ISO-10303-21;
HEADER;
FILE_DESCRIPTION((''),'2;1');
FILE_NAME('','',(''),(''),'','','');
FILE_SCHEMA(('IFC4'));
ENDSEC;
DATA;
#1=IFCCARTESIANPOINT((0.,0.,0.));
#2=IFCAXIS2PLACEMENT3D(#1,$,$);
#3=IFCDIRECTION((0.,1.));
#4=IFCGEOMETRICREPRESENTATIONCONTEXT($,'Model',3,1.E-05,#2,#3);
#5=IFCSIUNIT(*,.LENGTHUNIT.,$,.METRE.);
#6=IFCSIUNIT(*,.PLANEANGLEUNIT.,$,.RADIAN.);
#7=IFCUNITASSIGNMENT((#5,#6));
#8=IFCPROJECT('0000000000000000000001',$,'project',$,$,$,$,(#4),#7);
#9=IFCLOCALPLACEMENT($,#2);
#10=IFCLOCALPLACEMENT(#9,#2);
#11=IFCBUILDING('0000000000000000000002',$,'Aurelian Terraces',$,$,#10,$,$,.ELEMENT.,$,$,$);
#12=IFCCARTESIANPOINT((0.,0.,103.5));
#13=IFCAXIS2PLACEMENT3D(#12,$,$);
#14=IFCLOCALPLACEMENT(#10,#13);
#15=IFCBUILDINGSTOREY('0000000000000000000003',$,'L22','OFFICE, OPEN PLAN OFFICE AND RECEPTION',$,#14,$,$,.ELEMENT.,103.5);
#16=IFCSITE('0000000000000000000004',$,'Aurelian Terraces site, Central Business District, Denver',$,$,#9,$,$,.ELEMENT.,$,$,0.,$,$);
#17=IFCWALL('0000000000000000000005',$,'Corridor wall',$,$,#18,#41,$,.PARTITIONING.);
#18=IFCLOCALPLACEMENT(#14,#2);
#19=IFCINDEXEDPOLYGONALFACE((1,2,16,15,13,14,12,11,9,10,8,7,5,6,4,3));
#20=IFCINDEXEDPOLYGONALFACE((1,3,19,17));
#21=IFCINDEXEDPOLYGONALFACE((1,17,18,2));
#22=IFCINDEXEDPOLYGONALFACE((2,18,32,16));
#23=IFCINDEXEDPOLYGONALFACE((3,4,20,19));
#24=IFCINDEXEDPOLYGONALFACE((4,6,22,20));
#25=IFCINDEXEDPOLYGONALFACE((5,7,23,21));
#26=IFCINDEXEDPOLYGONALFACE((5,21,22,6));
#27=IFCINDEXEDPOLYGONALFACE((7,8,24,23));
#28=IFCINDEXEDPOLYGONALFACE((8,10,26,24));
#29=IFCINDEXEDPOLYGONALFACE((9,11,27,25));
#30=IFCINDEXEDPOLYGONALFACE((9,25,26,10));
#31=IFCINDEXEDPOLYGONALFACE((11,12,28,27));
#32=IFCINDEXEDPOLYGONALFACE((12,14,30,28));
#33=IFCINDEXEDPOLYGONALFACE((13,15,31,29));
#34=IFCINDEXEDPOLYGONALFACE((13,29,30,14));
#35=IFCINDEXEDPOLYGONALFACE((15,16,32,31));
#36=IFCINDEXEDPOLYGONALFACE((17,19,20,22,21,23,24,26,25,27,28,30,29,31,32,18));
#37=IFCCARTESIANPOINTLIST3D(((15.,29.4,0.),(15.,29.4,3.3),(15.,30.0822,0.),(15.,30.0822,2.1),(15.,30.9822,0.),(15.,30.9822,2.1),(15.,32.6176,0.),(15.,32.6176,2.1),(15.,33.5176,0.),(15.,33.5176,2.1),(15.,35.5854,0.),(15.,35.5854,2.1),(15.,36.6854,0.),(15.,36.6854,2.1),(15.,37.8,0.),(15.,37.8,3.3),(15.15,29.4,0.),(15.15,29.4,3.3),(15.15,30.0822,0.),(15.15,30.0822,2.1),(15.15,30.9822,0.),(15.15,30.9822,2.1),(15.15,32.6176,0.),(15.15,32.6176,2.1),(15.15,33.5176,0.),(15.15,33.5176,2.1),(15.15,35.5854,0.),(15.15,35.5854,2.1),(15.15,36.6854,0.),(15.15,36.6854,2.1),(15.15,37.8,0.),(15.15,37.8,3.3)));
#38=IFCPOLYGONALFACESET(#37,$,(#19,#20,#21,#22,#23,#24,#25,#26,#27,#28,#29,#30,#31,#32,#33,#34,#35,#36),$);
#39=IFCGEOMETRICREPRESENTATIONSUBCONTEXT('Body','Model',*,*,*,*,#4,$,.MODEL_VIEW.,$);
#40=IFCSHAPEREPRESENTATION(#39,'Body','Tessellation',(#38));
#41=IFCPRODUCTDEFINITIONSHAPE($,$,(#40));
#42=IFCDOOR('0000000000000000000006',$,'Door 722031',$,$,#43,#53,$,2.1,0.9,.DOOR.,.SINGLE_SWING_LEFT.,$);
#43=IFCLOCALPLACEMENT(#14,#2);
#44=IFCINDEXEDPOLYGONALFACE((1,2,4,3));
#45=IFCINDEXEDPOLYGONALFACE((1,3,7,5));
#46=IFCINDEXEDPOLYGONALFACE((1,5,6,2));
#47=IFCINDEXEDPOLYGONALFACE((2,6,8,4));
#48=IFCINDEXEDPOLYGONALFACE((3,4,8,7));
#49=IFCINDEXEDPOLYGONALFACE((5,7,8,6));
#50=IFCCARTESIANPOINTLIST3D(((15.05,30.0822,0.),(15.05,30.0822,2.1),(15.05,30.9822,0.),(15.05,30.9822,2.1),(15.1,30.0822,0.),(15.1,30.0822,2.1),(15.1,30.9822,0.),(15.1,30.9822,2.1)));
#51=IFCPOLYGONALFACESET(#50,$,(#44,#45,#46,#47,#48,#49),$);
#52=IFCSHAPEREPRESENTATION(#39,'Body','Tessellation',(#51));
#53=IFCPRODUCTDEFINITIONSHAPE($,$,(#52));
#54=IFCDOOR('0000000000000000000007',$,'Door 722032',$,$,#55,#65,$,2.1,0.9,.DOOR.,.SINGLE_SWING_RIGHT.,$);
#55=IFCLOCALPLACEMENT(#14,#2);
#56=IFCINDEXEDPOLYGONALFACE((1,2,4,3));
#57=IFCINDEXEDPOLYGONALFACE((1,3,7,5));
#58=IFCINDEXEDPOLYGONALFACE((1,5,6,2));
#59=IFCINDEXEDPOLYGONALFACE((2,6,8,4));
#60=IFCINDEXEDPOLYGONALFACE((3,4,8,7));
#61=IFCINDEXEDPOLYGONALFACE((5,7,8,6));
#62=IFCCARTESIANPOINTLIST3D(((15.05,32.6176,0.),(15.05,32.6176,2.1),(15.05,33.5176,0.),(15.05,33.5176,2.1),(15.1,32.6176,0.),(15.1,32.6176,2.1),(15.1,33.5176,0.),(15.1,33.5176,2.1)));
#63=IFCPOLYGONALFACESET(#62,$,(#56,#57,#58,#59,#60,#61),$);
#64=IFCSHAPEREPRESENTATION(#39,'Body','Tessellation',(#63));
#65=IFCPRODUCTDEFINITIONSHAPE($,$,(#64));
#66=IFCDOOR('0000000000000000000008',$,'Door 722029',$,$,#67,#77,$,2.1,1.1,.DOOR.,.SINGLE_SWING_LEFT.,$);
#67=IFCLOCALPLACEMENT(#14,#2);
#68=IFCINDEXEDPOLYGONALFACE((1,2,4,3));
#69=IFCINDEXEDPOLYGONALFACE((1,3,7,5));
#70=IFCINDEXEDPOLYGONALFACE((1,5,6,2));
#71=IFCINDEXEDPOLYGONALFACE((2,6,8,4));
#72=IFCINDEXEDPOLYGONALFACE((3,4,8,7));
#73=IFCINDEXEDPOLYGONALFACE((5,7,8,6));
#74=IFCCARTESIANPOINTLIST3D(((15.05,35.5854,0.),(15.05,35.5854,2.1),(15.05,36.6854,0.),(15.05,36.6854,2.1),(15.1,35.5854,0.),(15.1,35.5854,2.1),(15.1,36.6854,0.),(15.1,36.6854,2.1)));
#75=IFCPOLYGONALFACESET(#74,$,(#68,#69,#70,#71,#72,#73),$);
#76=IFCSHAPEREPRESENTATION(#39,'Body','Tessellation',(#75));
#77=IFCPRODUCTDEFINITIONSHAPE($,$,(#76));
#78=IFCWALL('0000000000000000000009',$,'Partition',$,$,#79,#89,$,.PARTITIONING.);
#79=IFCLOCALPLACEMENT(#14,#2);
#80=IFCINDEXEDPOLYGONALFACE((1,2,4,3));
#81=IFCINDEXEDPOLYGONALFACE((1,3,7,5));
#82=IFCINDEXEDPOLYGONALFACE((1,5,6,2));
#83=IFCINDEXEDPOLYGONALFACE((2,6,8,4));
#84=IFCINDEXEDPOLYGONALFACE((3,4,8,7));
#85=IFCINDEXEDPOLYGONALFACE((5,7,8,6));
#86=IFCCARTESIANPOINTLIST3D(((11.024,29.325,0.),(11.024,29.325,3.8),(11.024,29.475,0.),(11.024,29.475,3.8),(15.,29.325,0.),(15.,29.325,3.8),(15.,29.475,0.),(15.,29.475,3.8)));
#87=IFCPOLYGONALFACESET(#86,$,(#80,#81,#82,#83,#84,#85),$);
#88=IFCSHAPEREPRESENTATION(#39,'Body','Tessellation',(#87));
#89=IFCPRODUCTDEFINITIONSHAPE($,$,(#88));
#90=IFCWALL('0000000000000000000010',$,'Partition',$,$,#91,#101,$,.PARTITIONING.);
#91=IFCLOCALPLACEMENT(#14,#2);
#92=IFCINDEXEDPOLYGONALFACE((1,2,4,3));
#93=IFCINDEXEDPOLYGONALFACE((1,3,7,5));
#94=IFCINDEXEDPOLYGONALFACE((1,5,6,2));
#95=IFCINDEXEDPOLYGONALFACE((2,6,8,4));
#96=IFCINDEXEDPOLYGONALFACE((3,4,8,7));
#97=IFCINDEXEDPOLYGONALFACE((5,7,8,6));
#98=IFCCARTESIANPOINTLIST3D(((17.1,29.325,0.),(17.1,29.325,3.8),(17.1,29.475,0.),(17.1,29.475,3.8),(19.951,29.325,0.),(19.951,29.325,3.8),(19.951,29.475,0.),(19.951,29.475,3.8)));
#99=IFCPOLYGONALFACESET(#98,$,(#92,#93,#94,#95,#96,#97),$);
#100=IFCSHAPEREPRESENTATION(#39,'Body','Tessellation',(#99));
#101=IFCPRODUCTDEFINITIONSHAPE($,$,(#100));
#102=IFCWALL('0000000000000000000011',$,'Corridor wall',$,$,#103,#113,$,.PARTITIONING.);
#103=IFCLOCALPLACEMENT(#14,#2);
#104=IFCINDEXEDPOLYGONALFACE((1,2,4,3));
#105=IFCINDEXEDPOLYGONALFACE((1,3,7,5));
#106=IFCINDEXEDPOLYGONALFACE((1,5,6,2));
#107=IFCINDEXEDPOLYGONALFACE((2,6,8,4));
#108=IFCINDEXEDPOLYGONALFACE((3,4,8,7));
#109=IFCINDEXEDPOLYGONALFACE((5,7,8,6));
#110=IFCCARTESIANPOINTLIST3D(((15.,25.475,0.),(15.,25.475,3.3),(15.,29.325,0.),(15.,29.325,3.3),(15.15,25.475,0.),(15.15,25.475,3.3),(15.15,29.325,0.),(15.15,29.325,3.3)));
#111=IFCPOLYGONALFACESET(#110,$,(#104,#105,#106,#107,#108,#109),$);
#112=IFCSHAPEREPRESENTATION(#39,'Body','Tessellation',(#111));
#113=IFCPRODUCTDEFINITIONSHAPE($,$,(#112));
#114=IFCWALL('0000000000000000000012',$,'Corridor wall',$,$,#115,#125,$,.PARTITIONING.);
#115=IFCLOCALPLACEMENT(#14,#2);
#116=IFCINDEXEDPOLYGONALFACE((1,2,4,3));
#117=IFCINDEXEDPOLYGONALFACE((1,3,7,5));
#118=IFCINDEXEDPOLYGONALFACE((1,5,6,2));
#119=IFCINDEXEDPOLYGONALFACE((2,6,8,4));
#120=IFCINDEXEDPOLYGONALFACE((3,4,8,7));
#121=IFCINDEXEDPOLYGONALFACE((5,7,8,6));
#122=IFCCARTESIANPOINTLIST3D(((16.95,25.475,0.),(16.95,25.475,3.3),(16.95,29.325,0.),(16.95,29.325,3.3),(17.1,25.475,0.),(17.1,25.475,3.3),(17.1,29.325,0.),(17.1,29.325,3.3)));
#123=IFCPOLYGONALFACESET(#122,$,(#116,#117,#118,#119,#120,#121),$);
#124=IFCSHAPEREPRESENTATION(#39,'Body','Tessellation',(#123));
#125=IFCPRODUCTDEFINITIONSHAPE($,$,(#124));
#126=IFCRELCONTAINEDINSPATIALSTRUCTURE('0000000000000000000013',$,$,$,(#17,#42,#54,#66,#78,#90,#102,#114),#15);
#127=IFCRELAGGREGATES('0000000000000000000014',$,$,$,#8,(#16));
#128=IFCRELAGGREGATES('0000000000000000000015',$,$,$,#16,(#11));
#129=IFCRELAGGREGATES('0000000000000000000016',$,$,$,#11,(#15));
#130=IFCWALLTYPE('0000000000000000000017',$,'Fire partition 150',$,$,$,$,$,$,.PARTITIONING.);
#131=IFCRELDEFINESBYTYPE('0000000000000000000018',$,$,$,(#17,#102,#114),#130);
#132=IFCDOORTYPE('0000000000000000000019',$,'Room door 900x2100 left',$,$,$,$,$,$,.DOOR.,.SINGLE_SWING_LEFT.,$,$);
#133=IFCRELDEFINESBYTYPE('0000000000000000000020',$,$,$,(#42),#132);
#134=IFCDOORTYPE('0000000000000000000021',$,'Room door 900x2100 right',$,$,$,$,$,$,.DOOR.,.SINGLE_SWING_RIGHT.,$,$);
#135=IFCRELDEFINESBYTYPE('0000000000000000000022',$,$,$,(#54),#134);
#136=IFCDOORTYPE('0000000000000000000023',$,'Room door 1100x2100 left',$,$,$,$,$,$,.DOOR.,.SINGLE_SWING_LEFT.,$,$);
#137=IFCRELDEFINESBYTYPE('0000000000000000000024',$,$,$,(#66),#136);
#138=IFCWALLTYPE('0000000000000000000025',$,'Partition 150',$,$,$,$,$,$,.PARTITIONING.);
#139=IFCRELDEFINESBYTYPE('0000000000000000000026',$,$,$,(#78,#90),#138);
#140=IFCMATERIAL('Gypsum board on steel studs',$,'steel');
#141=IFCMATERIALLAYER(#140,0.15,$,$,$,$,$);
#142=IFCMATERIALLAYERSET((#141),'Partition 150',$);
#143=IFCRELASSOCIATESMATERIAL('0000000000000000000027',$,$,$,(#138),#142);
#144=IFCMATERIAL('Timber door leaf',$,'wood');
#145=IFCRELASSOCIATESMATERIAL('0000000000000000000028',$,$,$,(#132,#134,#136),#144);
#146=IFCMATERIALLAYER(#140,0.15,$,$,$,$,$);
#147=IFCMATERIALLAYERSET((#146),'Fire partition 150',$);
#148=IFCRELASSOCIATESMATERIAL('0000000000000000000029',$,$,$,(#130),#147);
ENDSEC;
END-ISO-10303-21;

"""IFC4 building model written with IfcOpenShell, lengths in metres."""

from ifc_helpers import new_model, si_unit, direction, frame, frame_2d, origin, place, context, subcontext, project, spatial, rectangle, extrude, source, transform, mapped, material, layer, layer_set, type_object, element, fill, save


model = new_model("IFC4")

# Units and contexts
model_context = context("Model", 3, precision=1e-05, world=origin(), true_north=direction((0.0, 1.0)))
body_context = subcontext(model_context, "Body", "Model", "MODEL_VIEW")
ifc_project = project(units=[si_unit("LENGTHUNIT", "METRE"), si_unit("PLANEANGLEUNIT", "RADIAN")], contexts=[model_context])

# Site, building, storey
site_placement = place(None, origin())
site = spatial("IfcSite", under=ifc_project, at=site_placement, Name="Aurelian Terraces site, Central Business District, Denver", CompositionType="ELEMENT", RefElevation=0.0)
building_placement = place(site_placement, origin())
building = spatial("IfcBuilding", under=site, at=building_placement, Name="Aurelian Terraces", CompositionType="ELEMENT")
storey_placement = place(building_placement, frame((0.0, 0.0, 103.5)))
storey = spatial("IfcBuildingStorey", under=building, at=storey_placement, Name="L22", Description="OFFICE, OPEN PLAN OFFICE AND RECEPTION", CompositionType="ELEMENT", Elevation=103.5)

# Shared definitions
ifc_material_1 = material(Name="Gypsum board on steel studs", Category="steel")
ifc_layer_1 = layer(ifc_material_1, 0.15)
ifc_layer_set_1 = layer_set([ifc_layer_1], Name="Partition 150")
wall_type_1 = type_object("IfcWallType", Name="Partition 150", PredefinedType="PARTITIONING", material=ifc_layer_set_1)
shared_shape_1 = source(origin(), body_context, "Body", "SweptSolid", [
    extrude(rectangle(XDim=0.9, YDim=2.1, at=frame_2d((0.45, 1.05))), frame((0.0, 0.085, 0.0), z_axis=(0.0, -1.0, 0.0), x_axis=(1.0, 0.0, 0.0)), (0.0, 0.0, 1.0), 0.17),
])
ifc_material_2 = material(Name="Timber door leaf", Category="wood")
door_type_1 = type_object("IfcDoorType", Name="Room door 900x2100 left", OperationType="SINGLE_SWING_LEFT", PredefinedType="DOOR", material=ifc_material_2)
shared_shape_2 = source(origin(), body_context, "Body", "SweptSolid", [
    extrude(rectangle(XDim=0.9, YDim=2.1, at=frame_2d((0.45, 1.05))), frame((0.0, 0.025, 0.0), z_axis=(0.0, -1.0, 0.0), x_axis=(1.0, 0.0, 0.0)), (0.0, 0.0, 1.0), 0.05),
])
door_type_2 = type_object("IfcDoorType", Name="Room door 900x2100 right", OperationType="SINGLE_SWING_RIGHT", PredefinedType="DOOR", material=ifc_material_2)

# Shared definitions
shared_shape_3 = source(origin(), body_context, "Body", "SweptSolid", [
    extrude(rectangle(XDim=8.4, YDim=0.15, at=frame_2d((4.2, 0.0))), origin(), (0.0, 0.0, 1.0), 3.3),
])
shared_shape_4 = source(origin(), body_context, "Body", "SweptSolid", [
    extrude(rectangle(XDim=1.1, YDim=2.1, at=frame_2d((0.55, 1.05))), frame((0.0, 0.085, 0.0), z_axis=(0.0, -1.0, 0.0), x_axis=(1.0, 0.0, 0.0)), (0.0, 0.0, 1.0), 0.17),
])
shared_shape_5 = source(origin(), body_context, "Body", "SweptSolid", [
    extrude(rectangle(XDim=1.1, YDim=2.1, at=frame_2d((0.55, 1.05))), frame((0.0, 0.025, 0.0), z_axis=(0.0, -1.0, 0.0), x_axis=(1.0, 0.0, 0.0)), (0.0, 0.0, 1.0), 0.05),
])

# Wall, openings, doors
ifc_layer_2 = layer(ifc_material_1, 0.15)
ifc_layer_set_2 = layer_set([ifc_layer_2], Name="Fire partition 150")
wall_type_2 = type_object("IfcWallType", Name="Fire partition 150", PredefinedType="PARTITIONING", material=ifc_layer_set_2)
wall_1_placement = place(storey_placement, frame((15.075, 29.4, 0.0), z_axis=(0.0, 0.0, 1.0), x_axis=(0.0, 1.0, 0.0)))
wall_1 = element("IfcWall", 1, at=wall_1_placement, inside=storey, type_object=wall_type_2, Name="Corridor wall", PredefinedType="PARTITIONING", context=body_context, shape_type="MappedRepresentation", body=[
    mapped(shared_shape_3, transform((0.0, 0.0, 0.0), scale=1.0)),
])
opening_1_placement = place(wall_1_placement, frame((6.1854, 0.0, 0.0)))
opening_1 = element("IfcOpeningElement", 2, at=opening_1_placement, cuts=wall_1, PredefinedType="OPENING", context=body_context, shape_type="MappedRepresentation", body=[
    mapped(shared_shape_4, transform((0.0, 0.0, 0.0), scale=1.0)),
])
opening_2_placement = place(wall_1_placement, frame((0.6822, 0.0, 0.0)))
opening_2 = element("IfcOpeningElement", 3, at=opening_2_placement, cuts=wall_1, PredefinedType="OPENING", context=body_context, shape_type="MappedRepresentation", body=[
    mapped(shared_shape_1, transform((0.0, 0.0, 0.0), scale=1.0)),
])
opening_3_placement = place(wall_1_placement, frame((3.2176, 0.0, 0.0)))
opening_3 = element("IfcOpeningElement", 4, at=opening_3_placement, cuts=wall_1, PredefinedType="OPENING", context=body_context, shape_type="MappedRepresentation", body=[
    mapped(shared_shape_1, transform((0.0, 0.0, 0.0), scale=1.0)),
])
door_1_placement = place(opening_2_placement, origin())
door_1 = element("IfcDoor", 5, at=door_1_placement, inside=storey, type_object=door_type_1, Name="Door 722031", OperationType="SINGLE_SWING_LEFT", OverallHeight=2.1, OverallWidth=0.9, PredefinedType="DOOR", context=body_context, shape_type="MappedRepresentation", body=[
    mapped(shared_shape_2, transform((0.0, 0.0, 0.0), scale=1.0)),
])
fill(opening_2, door_1)
door_2_placement = place(opening_3_placement, origin())
door_2 = element("IfcDoor", 6, at=door_2_placement, inside=storey, type_object=door_type_2, Name="Door 722032", OperationType="SINGLE_SWING_RIGHT", OverallHeight=2.1, OverallWidth=0.9, PredefinedType="DOOR", context=body_context, shape_type="MappedRepresentation", body=[
    mapped(shared_shape_2, transform((0.0, 0.0, 0.0), scale=1.0)),
])
fill(opening_3, door_2)
door_type_3 = type_object("IfcDoorType", Name="Room door 1100x2100 left", OperationType="SINGLE_SWING_LEFT", PredefinedType="DOOR", material=ifc_material_2)
door_3_placement = place(opening_1_placement, origin())
door_3 = element("IfcDoor", 7, at=door_3_placement, inside=storey, type_object=door_type_3, Name="Door 722029", OperationType="SINGLE_SWING_LEFT", OverallHeight=2.1, OverallWidth=1.1, PredefinedType="DOOR", context=body_context, shape_type="MappedRepresentation", body=[
    mapped(shared_shape_5, transform((0.0, 0.0, 0.0), scale=1.0)),
])
fill(opening_1, door_3)

# Walls
shared_shape_6 = source(origin(), body_context, "Body", "SweptSolid", [
    extrude(rectangle(XDim=3.976, YDim=0.15, at=frame_2d((1.988, 0.0))), origin(), (0.0, 0.0, 1.0), 3.8),
])
wall_2_placement = place(storey_placement, frame((15.0, 29.4, 0.0), z_axis=(0.0, 0.0, 1.0), x_axis=(-1.0, 0.0, 0.0)))
element("IfcWall", 8, at=wall_2_placement, inside=storey, type_object=wall_type_1, Name="Partition", PredefinedType="PARTITIONING", context=body_context, shape_type="MappedRepresentation", body=[
    mapped(shared_shape_6, transform((0.0, 0.0, 0.0), scale=1.0)),
])
shared_shape_7 = source(origin(), body_context, "Body", "SweptSolid", [
    extrude(rectangle(XDim=2.851, YDim=0.15, at=frame_2d((1.4255, 0.0))), origin(), (0.0, 0.0, 1.0), 3.8),
])
wall_3_placement = place(storey_placement, frame((19.951, 29.4, 0.0), z_axis=(0.0, 0.0, 1.0), x_axis=(-1.0, 0.0, 0.0)))
element("IfcWall", 9, at=wall_3_placement, inside=storey, type_object=wall_type_1, Name="Partition", PredefinedType="PARTITIONING", context=body_context, shape_type="MappedRepresentation", body=[
    mapped(shared_shape_7, transform((0.0, 0.0, 0.0), scale=1.0)),
])
shared_shape_8 = source(origin(), body_context, "Body", "SweptSolid", [
    extrude(rectangle(XDim=3.85, YDim=0.15, at=frame_2d((1.925, 0.0))), origin(), (0.0, 0.0, 1.0), 3.3),
])
for number, where, z_axis, x_axis, name in (
    (10, (15.075, 25.475, 0.0), (0.0, 0.0, 1.0), (0.0, 1.0, 0.0), "Corridor wall"),
    (11, (17.025, 29.325, 0.0), (0.0, 0.0, 1.0), (0.0, -1.0, 0.0), "Corridor wall"),
):
    element("IfcWall", number, at=place(storey_placement, frame(where, z_axis=z_axis, x_axis=x_axis)), inside=storey, type_object=wall_type_2, Name=name, PredefinedType="PARTITIONING", context=body_context, shape_type="MappedRepresentation", body=[
        mapped(shared_shape_8, transform((0.0, 0.0, 0.0), scale=1.0)),
    ])

save(model, "model.ifc")
